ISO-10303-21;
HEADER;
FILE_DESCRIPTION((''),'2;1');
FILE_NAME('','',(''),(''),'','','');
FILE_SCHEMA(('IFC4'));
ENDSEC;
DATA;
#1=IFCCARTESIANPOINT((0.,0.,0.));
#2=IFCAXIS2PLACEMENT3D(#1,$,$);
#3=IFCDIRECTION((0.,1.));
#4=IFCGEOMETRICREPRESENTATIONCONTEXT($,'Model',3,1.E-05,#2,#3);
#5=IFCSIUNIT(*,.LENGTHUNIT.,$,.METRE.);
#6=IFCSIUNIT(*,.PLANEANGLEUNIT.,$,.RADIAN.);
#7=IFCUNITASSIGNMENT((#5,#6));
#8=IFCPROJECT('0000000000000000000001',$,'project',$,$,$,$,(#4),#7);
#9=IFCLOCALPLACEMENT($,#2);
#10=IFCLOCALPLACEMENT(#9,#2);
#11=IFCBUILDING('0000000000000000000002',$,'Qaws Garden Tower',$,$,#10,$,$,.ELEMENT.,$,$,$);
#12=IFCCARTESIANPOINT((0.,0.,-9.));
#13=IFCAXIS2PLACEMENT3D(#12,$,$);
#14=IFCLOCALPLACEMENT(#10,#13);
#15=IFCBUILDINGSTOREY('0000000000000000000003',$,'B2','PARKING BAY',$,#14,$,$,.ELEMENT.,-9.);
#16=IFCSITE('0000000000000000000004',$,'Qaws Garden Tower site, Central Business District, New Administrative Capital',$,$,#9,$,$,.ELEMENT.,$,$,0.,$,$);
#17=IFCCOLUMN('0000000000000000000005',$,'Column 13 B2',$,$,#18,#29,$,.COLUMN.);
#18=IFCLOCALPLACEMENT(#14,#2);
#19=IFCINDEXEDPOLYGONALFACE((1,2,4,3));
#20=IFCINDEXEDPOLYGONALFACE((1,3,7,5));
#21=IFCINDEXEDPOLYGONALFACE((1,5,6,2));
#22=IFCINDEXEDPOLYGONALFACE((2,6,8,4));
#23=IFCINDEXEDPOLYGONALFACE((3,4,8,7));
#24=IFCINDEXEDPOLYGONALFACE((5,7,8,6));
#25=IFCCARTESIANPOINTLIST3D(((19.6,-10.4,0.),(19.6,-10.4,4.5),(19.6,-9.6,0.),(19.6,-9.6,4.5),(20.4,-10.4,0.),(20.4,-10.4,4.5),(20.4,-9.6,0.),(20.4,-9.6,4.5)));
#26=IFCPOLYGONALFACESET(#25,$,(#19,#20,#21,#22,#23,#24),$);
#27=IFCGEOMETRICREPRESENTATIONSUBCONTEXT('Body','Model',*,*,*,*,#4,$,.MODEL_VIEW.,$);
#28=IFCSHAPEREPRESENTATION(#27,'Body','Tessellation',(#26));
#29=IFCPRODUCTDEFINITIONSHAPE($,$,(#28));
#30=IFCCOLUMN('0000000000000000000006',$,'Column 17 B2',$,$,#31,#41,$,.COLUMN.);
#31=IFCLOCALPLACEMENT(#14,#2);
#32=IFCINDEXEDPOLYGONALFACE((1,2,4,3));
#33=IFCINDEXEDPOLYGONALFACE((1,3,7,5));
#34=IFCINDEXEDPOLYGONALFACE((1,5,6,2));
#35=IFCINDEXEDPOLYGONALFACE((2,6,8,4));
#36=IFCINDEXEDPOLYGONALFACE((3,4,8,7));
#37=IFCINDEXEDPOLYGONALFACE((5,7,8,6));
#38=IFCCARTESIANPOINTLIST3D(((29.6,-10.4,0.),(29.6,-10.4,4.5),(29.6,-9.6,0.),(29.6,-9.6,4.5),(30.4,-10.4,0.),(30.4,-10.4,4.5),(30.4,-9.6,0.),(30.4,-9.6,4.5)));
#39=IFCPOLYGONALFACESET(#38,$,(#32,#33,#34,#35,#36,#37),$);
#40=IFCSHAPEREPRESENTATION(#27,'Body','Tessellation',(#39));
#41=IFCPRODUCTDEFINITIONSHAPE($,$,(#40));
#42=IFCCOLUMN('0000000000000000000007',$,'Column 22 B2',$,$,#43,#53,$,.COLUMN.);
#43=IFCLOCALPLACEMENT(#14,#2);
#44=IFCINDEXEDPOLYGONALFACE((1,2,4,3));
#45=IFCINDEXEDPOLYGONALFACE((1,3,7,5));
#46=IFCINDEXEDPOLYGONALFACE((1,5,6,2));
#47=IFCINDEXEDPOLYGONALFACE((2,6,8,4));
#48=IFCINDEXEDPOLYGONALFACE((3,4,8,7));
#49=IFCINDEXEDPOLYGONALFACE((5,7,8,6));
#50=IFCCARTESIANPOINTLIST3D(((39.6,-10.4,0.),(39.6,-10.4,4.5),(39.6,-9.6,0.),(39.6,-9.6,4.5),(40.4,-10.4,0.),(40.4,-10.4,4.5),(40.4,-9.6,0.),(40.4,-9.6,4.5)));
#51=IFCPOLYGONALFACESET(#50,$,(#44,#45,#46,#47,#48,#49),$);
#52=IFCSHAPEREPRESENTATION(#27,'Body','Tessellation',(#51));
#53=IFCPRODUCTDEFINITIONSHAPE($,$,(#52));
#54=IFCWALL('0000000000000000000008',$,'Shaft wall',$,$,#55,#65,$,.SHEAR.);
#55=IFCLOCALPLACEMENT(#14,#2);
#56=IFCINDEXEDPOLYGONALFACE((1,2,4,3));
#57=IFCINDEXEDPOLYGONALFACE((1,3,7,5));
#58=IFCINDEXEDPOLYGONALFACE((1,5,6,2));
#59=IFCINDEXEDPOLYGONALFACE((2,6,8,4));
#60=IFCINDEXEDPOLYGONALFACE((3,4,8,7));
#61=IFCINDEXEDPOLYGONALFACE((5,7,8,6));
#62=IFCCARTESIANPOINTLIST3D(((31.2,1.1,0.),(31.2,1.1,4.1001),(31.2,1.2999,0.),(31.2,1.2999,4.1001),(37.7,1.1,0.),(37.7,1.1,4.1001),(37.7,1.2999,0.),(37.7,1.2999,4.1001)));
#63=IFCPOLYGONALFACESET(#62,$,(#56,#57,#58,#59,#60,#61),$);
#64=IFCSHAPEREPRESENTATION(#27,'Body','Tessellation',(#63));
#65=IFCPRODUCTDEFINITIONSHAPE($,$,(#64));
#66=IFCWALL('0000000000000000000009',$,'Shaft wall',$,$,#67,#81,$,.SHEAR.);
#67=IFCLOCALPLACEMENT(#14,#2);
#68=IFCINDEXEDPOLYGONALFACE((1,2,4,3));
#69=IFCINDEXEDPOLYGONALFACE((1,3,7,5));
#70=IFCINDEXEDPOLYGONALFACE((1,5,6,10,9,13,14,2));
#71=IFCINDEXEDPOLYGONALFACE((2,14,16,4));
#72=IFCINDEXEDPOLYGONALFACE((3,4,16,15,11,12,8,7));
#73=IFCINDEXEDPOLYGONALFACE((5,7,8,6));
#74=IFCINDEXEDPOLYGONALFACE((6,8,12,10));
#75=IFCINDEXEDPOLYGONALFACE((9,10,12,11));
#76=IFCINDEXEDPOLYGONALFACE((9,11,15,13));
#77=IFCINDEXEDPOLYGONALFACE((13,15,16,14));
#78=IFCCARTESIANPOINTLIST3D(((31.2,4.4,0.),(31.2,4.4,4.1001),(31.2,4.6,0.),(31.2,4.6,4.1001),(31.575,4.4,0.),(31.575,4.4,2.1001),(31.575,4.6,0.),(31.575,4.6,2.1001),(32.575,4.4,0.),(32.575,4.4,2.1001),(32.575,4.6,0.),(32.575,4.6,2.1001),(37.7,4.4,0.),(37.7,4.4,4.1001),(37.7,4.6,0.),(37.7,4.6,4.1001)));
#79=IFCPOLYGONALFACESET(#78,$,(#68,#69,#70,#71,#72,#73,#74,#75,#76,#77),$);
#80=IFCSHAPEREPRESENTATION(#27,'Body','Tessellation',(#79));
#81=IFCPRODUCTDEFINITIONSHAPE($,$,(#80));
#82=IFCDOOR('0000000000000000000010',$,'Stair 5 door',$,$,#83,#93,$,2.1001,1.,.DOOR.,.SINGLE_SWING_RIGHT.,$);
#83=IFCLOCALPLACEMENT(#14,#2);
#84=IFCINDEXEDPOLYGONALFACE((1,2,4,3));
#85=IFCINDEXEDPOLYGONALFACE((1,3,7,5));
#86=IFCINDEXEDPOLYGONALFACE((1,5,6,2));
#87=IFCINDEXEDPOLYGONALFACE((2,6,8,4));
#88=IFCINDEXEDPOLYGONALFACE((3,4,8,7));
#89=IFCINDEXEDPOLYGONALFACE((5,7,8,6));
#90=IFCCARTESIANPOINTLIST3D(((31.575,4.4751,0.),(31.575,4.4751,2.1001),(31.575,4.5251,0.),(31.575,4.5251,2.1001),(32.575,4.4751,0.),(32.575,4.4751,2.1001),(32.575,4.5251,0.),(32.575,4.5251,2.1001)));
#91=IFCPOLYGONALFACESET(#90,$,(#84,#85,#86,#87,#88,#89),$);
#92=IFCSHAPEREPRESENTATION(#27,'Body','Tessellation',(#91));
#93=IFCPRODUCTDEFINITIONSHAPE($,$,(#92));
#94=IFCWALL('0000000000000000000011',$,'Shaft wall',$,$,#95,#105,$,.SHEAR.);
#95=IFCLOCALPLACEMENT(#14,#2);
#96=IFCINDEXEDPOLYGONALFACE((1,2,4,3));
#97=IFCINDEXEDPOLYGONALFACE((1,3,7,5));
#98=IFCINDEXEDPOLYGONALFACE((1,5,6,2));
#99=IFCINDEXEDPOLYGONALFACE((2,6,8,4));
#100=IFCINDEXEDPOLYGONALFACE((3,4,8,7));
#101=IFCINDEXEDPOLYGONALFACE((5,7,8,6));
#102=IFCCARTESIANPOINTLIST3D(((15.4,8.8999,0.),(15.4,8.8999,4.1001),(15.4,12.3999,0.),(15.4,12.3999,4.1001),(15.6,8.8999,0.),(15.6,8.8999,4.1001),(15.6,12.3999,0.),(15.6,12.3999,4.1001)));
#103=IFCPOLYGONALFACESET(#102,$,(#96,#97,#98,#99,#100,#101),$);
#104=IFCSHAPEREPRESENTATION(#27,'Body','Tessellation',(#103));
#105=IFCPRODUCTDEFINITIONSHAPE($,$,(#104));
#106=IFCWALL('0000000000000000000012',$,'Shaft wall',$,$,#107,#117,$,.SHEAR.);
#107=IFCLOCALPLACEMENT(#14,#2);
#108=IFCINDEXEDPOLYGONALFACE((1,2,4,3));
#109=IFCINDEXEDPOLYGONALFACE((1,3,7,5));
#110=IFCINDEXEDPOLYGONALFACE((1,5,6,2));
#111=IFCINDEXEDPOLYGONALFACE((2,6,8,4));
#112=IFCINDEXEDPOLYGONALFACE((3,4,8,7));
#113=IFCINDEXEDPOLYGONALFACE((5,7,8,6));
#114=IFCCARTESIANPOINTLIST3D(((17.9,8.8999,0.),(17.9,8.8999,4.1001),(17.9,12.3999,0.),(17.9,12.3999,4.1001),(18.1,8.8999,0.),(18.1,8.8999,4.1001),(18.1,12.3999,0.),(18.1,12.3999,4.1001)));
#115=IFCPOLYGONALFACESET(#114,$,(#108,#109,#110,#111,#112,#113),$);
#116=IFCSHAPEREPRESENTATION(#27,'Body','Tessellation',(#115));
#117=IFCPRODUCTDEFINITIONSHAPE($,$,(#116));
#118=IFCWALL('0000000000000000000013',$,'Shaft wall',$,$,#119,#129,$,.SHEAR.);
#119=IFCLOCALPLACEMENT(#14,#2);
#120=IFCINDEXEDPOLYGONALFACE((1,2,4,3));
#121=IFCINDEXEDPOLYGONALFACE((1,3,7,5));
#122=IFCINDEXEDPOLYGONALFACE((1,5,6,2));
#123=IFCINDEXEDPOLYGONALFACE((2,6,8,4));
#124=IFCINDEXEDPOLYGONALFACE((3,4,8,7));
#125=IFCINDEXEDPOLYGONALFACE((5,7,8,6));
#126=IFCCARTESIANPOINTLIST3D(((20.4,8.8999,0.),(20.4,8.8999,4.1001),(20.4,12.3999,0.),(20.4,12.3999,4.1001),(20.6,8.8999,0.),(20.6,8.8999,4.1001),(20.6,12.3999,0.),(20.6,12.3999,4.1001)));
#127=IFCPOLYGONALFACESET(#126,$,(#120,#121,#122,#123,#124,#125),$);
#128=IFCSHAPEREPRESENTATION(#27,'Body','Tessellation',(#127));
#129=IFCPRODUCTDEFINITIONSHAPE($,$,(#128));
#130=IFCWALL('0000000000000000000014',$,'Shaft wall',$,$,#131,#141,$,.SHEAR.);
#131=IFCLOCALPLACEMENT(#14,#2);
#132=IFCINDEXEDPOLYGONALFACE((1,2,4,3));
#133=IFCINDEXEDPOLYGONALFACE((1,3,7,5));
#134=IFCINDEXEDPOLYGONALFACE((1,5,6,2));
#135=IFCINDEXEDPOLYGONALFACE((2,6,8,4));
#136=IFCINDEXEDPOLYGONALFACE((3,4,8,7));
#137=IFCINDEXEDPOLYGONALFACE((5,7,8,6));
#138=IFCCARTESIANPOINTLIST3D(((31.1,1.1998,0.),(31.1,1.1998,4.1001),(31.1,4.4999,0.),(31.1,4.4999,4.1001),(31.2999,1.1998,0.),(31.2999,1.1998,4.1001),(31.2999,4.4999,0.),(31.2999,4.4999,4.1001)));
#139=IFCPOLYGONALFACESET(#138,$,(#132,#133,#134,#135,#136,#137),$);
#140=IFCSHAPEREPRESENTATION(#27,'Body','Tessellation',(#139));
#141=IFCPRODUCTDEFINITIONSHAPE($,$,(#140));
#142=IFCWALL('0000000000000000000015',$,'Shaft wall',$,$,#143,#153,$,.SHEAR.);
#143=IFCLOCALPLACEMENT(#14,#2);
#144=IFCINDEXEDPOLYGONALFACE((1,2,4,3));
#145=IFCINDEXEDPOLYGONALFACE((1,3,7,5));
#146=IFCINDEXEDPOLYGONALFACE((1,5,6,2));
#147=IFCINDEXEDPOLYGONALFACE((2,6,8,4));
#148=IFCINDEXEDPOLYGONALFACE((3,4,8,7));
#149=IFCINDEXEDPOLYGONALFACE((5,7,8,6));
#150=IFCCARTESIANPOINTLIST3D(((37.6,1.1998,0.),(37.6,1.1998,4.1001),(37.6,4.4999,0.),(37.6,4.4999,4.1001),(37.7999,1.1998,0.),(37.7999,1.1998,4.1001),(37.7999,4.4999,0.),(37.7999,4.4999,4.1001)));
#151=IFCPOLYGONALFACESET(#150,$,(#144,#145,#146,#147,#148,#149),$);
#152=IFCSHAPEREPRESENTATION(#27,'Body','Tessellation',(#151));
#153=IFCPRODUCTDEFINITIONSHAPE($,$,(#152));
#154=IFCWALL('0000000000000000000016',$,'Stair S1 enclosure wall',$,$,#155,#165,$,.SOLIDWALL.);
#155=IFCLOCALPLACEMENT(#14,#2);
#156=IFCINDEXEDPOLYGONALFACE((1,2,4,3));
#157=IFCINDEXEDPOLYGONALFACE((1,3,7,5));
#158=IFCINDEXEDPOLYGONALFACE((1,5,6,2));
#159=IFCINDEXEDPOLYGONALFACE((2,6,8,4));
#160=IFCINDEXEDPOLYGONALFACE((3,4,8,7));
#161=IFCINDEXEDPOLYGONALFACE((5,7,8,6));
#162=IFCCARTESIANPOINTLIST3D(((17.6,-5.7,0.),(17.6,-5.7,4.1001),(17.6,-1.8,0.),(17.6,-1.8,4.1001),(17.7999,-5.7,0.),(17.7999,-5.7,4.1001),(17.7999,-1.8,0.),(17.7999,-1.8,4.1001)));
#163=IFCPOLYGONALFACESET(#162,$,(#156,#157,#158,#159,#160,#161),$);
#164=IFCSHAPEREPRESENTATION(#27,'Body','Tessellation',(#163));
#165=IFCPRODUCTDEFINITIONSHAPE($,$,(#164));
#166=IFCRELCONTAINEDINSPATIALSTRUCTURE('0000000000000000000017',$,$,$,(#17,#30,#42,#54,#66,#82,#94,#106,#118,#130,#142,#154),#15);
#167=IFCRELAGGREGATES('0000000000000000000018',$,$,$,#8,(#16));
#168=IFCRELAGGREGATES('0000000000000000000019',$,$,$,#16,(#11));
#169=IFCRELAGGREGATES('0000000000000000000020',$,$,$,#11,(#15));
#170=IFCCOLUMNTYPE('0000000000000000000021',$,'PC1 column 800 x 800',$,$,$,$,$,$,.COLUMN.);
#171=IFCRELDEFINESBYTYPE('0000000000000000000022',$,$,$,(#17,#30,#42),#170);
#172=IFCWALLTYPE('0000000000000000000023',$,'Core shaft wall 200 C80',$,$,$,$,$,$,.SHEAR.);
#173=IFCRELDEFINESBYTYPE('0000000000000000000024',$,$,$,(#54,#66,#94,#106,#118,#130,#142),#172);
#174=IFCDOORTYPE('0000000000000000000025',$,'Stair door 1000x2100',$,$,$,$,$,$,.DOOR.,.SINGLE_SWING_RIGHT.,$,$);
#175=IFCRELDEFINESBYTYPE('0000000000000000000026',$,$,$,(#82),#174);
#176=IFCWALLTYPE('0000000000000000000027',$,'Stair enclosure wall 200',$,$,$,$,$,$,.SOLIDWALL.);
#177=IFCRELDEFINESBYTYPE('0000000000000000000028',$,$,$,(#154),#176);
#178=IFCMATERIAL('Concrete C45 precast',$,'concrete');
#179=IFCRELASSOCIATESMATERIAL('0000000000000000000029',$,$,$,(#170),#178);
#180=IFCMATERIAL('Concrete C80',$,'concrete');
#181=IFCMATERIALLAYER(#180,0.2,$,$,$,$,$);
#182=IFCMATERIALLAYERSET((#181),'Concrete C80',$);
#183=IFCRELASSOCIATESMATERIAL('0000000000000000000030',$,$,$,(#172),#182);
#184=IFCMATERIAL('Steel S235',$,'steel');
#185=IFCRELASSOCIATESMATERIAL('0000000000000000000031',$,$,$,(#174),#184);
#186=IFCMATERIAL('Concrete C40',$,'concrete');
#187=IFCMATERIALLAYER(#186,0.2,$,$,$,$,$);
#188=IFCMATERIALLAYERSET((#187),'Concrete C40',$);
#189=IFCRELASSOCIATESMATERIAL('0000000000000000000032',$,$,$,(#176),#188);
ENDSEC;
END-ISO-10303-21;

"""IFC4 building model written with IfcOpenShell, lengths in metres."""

from ifc_helpers import new_model, si_unit, direction, frame, frame_2d, origin, origin_2d, place, context, subcontext, project, spatial, rectangle, extrude, material, layer, layer_set, material_profile, profile_set, type_object, element, fill, save


model = new_model("IFC4")

# Units and contexts
model_context = context("Model", 3, precision=1e-05, world=origin(), true_north=direction((0.0, 1.0)))
body_context = subcontext(model_context, "Body", "Model", "MODEL_VIEW")
ifc_project = project(units=[si_unit("LENGTHUNIT", "METRE"), si_unit("PLANEANGLEUNIT", "RADIAN")], contexts=[model_context])

# Site, building, storey
site_placement = place(None, origin())
site = spatial("IfcSite", under=ifc_project, at=site_placement, Name="Qaws Garden Tower site, Central Business District, New Administrative Capital", CompositionType="ELEMENT", RefElevation=0.0)
building_placement = place(site_placement, origin())
building = spatial("IfcBuilding", under=site, at=building_placement, Name="Qaws Garden Tower", CompositionType="ELEMENT")
storey_placement = place(building_placement, frame((0.0, 0.0, -9.0)))
storey = spatial("IfcBuildingStorey", under=building, at=storey_placement, Name="B2", Description="PARKING BAY", CompositionType="ELEMENT", Elevation=-9.0)

# Columns
ifc_material_1 = material(Name="Concrete C45 precast", Category="concrete")
ifc_material_profile_1 = material_profile(ifc_material_1, rectangle(XDim=0.8, YDim=0.8, at=origin_2d()), Name="PC1 column 800 x 800")
ifc_profile_set_1 = profile_set([ifc_material_profile_1], Name="Concrete C45 precast")
column_type_1 = type_object("IfcColumnType", Name="PC1 column 800 x 800", PredefinedType="COLUMN", material=ifc_profile_set_1)
for number, where, z_axis, x_axis, name in (
    (1, (20.0, -10.0, 0.0), (0.0, 0.0, 1.0), (1.0, 0.0, 0.0), "Column 13 B2"),
    (2, (30.0, -10.0, 0.0), (0.0, 0.0, 1.0), (1.0, 0.0, 0.0), "Column 17 B2"),
    (3, (40.0, -10.0, 0.0), (0.0, 0.0, 1.0), (1.0, 0.0, 0.0), "Column 22 B2"),
):
    element("IfcColumn", number, at=place(storey_placement, frame(where, z_axis=z_axis, x_axis=x_axis)), inside=storey, type_object=column_type_1, Name=name, PredefinedType="COLUMN", context=body_context, shape_type="SweptSolid", body=[
        extrude(rectangle(XDim=0.8, YDim=0.8, at=origin_2d()), origin(), (0.0, 0.0, 1.0), 4.5),
    ])

# Wall
ifc_material_2 = material(Name="Concrete C80", Category="concrete")
ifc_layer_1 = layer(ifc_material_2, 0.2)
ifc_layer_set_1 = layer_set([ifc_layer_1], Name="Concrete C80")
wall_type_1 = type_object("IfcWallType", Name="Core shaft wall 200 C80", PredefinedType="SHEAR", material=ifc_layer_set_1)
wall_1_placement = place(storey_placement, frame((31.2, 1.2, 0.0), z_axis=(0.0, 0.0, 1.0), x_axis=(1.0, 0.0, 0.0)))
element("IfcWall", 4, at=wall_1_placement, inside=storey, type_object=wall_type_1, Name="Shaft wall", PredefinedType="SHEAR", context=body_context, shape_type="SweptSolid", body=[
    extrude(rectangle(XDim=6.5, YDim=0.2, at=frame_2d((3.25, 0.0))), origin(), (0.0, 0.0, 1.0), 4.1001),
])

# Wall, opening, door
wall_2_placement = place(storey_placement, frame((31.2, 4.5, 0.0), z_axis=(0.0, 0.0, 1.0), x_axis=(1.0, 0.0, 0.0)))
wall_2 = element("IfcWall", 5, at=wall_2_placement, inside=storey, type_object=wall_type_1, Name="Shaft wall", PredefinedType="SHEAR", context=body_context, shape_type="SweptSolid", body=[
    extrude(rectangle(XDim=6.5, YDim=0.2, at=frame_2d((3.25, 0.0))), origin(), (0.0, 0.0, 1.0), 4.1001),
])
opening_placement = place(wall_2_placement, frame((0.375, 0.0, 0.0)))
opening = element("IfcOpeningElement", 6, at=opening_placement, cuts=wall_2, PredefinedType="OPENING", context=body_context, shape_type="SweptSolid", body=[
    extrude(rectangle(XDim=1.0, YDim=2.1001, at=frame_2d((0.5, 1.05))), frame((0.0, 0.1099, 0.0), z_axis=(0.0, -1.0, 0.0), x_axis=(1.0, 0.0, 0.0)), (0.0, 0.0, 1.0), 0.22),
])
ifc_material_3 = material(Name="Steel S235", Category="steel")
door_type = type_object("IfcDoorType", Name="Stair door 1000x2100", OperationType="SINGLE_SWING_RIGHT", PredefinedType="DOOR", material=ifc_material_3)
door_placement = place(opening_placement, frame((1.0, 0.0, 0.0), z_axis=(0.0, 0.0, 1.0), x_axis=(-1.0, 0.0, 0.0)))
door = element("IfcDoor", 7, at=door_placement, inside=storey, type_object=door_type, Name="Stair 5 door", OperationType="SINGLE_SWING_RIGHT", OverallHeight=2.1001, OverallWidth=1.0, PredefinedType="DOOR", context=body_context, shape_type="SweptSolid", body=[
    extrude(rectangle(XDim=1.0, YDim=2.1001, at=frame_2d((0.5, 1.05))), frame((0.0, 0.0249, 0.0), z_axis=(0.0, -1.0, 0.0), x_axis=(1.0, 0.0, 0.0)), (0.0, 0.0, 1.0), 0.05),
])
fill(opening, door)

# Walls
for number, where, z_axis, x_axis, name in (
    (8, (15.5, 8.8999, 0.0), (0.0, 0.0, 1.0), (0.0, 1.0, 0.0), "Shaft wall"),
    (9, (18.0, 8.8999, 0.0), (0.0, 0.0, 1.0), (0.0, 1.0, 0.0), "Shaft wall"),
    (10, (20.5, 8.8999, 0.0), (0.0, 0.0, 1.0), (0.0, 1.0, 0.0), "Shaft wall"),
):
    element("IfcWall", number, at=place(storey_placement, frame(where, z_axis=z_axis, x_axis=x_axis)), inside=storey, type_object=wall_type_1, Name=name, PredefinedType="SHEAR", context=body_context, shape_type="SweptSolid", body=[
        extrude(rectangle(XDim=3.5, YDim=0.2, at=frame_2d((1.75, 0.0))), origin(), (0.0, 0.0, 1.0), 4.1001),
    ])
for number, where, z_axis, x_axis, name in (
    (11, (31.2, 1.2, 0.0), (0.0, 0.0, 1.0), (0.0, 1.0, 0.0), "Shaft wall"),
    (12, (37.7, 1.2, 0.0), (0.0, 0.0, 1.0), (0.0, 1.0, 0.0), "Shaft wall"),
):
    element("IfcWall", number, at=place(storey_placement, frame(where, z_axis=z_axis, x_axis=x_axis)), inside=storey, type_object=wall_type_1, Name=name, PredefinedType="SHEAR", context=body_context, shape_type="SweptSolid", body=[
        extrude(rectangle(XDim=3.3, YDim=0.2, at=frame_2d((1.6499, 0.0))), origin(), (0.0, 0.0, 1.0), 4.1001),
    ])
ifc_material_4 = material(Name="Concrete C40", Category="concrete")
ifc_layer_2 = layer(ifc_material_4, 0.2)
ifc_layer_set_2 = layer_set([ifc_layer_2], Name="Concrete C40")
wall_type_2 = type_object("IfcWallType", Name="Stair enclosure wall 200", PredefinedType="SOLIDWALL", material=ifc_layer_set_2)
wall_3_placement = place(storey_placement, frame((17.7, -1.8, 0.0), z_axis=(0.0, 0.0, 1.0), x_axis=(0.0, -1.0, 0.0)))
element("IfcWall", 13, at=wall_3_placement, inside=storey, type_object=wall_type_2, Name="Stair S1 enclosure wall", PredefinedType="SOLIDWALL", context=body_context, shape_type="SweptSolid", body=[
    extrude(rectangle(XDim=3.8999, YDim=0.2, at=frame_2d((1.95, 0.0))), origin(), (0.0, 0.0, 1.0), 4.1001),
])

save(model, "model.ifc")
